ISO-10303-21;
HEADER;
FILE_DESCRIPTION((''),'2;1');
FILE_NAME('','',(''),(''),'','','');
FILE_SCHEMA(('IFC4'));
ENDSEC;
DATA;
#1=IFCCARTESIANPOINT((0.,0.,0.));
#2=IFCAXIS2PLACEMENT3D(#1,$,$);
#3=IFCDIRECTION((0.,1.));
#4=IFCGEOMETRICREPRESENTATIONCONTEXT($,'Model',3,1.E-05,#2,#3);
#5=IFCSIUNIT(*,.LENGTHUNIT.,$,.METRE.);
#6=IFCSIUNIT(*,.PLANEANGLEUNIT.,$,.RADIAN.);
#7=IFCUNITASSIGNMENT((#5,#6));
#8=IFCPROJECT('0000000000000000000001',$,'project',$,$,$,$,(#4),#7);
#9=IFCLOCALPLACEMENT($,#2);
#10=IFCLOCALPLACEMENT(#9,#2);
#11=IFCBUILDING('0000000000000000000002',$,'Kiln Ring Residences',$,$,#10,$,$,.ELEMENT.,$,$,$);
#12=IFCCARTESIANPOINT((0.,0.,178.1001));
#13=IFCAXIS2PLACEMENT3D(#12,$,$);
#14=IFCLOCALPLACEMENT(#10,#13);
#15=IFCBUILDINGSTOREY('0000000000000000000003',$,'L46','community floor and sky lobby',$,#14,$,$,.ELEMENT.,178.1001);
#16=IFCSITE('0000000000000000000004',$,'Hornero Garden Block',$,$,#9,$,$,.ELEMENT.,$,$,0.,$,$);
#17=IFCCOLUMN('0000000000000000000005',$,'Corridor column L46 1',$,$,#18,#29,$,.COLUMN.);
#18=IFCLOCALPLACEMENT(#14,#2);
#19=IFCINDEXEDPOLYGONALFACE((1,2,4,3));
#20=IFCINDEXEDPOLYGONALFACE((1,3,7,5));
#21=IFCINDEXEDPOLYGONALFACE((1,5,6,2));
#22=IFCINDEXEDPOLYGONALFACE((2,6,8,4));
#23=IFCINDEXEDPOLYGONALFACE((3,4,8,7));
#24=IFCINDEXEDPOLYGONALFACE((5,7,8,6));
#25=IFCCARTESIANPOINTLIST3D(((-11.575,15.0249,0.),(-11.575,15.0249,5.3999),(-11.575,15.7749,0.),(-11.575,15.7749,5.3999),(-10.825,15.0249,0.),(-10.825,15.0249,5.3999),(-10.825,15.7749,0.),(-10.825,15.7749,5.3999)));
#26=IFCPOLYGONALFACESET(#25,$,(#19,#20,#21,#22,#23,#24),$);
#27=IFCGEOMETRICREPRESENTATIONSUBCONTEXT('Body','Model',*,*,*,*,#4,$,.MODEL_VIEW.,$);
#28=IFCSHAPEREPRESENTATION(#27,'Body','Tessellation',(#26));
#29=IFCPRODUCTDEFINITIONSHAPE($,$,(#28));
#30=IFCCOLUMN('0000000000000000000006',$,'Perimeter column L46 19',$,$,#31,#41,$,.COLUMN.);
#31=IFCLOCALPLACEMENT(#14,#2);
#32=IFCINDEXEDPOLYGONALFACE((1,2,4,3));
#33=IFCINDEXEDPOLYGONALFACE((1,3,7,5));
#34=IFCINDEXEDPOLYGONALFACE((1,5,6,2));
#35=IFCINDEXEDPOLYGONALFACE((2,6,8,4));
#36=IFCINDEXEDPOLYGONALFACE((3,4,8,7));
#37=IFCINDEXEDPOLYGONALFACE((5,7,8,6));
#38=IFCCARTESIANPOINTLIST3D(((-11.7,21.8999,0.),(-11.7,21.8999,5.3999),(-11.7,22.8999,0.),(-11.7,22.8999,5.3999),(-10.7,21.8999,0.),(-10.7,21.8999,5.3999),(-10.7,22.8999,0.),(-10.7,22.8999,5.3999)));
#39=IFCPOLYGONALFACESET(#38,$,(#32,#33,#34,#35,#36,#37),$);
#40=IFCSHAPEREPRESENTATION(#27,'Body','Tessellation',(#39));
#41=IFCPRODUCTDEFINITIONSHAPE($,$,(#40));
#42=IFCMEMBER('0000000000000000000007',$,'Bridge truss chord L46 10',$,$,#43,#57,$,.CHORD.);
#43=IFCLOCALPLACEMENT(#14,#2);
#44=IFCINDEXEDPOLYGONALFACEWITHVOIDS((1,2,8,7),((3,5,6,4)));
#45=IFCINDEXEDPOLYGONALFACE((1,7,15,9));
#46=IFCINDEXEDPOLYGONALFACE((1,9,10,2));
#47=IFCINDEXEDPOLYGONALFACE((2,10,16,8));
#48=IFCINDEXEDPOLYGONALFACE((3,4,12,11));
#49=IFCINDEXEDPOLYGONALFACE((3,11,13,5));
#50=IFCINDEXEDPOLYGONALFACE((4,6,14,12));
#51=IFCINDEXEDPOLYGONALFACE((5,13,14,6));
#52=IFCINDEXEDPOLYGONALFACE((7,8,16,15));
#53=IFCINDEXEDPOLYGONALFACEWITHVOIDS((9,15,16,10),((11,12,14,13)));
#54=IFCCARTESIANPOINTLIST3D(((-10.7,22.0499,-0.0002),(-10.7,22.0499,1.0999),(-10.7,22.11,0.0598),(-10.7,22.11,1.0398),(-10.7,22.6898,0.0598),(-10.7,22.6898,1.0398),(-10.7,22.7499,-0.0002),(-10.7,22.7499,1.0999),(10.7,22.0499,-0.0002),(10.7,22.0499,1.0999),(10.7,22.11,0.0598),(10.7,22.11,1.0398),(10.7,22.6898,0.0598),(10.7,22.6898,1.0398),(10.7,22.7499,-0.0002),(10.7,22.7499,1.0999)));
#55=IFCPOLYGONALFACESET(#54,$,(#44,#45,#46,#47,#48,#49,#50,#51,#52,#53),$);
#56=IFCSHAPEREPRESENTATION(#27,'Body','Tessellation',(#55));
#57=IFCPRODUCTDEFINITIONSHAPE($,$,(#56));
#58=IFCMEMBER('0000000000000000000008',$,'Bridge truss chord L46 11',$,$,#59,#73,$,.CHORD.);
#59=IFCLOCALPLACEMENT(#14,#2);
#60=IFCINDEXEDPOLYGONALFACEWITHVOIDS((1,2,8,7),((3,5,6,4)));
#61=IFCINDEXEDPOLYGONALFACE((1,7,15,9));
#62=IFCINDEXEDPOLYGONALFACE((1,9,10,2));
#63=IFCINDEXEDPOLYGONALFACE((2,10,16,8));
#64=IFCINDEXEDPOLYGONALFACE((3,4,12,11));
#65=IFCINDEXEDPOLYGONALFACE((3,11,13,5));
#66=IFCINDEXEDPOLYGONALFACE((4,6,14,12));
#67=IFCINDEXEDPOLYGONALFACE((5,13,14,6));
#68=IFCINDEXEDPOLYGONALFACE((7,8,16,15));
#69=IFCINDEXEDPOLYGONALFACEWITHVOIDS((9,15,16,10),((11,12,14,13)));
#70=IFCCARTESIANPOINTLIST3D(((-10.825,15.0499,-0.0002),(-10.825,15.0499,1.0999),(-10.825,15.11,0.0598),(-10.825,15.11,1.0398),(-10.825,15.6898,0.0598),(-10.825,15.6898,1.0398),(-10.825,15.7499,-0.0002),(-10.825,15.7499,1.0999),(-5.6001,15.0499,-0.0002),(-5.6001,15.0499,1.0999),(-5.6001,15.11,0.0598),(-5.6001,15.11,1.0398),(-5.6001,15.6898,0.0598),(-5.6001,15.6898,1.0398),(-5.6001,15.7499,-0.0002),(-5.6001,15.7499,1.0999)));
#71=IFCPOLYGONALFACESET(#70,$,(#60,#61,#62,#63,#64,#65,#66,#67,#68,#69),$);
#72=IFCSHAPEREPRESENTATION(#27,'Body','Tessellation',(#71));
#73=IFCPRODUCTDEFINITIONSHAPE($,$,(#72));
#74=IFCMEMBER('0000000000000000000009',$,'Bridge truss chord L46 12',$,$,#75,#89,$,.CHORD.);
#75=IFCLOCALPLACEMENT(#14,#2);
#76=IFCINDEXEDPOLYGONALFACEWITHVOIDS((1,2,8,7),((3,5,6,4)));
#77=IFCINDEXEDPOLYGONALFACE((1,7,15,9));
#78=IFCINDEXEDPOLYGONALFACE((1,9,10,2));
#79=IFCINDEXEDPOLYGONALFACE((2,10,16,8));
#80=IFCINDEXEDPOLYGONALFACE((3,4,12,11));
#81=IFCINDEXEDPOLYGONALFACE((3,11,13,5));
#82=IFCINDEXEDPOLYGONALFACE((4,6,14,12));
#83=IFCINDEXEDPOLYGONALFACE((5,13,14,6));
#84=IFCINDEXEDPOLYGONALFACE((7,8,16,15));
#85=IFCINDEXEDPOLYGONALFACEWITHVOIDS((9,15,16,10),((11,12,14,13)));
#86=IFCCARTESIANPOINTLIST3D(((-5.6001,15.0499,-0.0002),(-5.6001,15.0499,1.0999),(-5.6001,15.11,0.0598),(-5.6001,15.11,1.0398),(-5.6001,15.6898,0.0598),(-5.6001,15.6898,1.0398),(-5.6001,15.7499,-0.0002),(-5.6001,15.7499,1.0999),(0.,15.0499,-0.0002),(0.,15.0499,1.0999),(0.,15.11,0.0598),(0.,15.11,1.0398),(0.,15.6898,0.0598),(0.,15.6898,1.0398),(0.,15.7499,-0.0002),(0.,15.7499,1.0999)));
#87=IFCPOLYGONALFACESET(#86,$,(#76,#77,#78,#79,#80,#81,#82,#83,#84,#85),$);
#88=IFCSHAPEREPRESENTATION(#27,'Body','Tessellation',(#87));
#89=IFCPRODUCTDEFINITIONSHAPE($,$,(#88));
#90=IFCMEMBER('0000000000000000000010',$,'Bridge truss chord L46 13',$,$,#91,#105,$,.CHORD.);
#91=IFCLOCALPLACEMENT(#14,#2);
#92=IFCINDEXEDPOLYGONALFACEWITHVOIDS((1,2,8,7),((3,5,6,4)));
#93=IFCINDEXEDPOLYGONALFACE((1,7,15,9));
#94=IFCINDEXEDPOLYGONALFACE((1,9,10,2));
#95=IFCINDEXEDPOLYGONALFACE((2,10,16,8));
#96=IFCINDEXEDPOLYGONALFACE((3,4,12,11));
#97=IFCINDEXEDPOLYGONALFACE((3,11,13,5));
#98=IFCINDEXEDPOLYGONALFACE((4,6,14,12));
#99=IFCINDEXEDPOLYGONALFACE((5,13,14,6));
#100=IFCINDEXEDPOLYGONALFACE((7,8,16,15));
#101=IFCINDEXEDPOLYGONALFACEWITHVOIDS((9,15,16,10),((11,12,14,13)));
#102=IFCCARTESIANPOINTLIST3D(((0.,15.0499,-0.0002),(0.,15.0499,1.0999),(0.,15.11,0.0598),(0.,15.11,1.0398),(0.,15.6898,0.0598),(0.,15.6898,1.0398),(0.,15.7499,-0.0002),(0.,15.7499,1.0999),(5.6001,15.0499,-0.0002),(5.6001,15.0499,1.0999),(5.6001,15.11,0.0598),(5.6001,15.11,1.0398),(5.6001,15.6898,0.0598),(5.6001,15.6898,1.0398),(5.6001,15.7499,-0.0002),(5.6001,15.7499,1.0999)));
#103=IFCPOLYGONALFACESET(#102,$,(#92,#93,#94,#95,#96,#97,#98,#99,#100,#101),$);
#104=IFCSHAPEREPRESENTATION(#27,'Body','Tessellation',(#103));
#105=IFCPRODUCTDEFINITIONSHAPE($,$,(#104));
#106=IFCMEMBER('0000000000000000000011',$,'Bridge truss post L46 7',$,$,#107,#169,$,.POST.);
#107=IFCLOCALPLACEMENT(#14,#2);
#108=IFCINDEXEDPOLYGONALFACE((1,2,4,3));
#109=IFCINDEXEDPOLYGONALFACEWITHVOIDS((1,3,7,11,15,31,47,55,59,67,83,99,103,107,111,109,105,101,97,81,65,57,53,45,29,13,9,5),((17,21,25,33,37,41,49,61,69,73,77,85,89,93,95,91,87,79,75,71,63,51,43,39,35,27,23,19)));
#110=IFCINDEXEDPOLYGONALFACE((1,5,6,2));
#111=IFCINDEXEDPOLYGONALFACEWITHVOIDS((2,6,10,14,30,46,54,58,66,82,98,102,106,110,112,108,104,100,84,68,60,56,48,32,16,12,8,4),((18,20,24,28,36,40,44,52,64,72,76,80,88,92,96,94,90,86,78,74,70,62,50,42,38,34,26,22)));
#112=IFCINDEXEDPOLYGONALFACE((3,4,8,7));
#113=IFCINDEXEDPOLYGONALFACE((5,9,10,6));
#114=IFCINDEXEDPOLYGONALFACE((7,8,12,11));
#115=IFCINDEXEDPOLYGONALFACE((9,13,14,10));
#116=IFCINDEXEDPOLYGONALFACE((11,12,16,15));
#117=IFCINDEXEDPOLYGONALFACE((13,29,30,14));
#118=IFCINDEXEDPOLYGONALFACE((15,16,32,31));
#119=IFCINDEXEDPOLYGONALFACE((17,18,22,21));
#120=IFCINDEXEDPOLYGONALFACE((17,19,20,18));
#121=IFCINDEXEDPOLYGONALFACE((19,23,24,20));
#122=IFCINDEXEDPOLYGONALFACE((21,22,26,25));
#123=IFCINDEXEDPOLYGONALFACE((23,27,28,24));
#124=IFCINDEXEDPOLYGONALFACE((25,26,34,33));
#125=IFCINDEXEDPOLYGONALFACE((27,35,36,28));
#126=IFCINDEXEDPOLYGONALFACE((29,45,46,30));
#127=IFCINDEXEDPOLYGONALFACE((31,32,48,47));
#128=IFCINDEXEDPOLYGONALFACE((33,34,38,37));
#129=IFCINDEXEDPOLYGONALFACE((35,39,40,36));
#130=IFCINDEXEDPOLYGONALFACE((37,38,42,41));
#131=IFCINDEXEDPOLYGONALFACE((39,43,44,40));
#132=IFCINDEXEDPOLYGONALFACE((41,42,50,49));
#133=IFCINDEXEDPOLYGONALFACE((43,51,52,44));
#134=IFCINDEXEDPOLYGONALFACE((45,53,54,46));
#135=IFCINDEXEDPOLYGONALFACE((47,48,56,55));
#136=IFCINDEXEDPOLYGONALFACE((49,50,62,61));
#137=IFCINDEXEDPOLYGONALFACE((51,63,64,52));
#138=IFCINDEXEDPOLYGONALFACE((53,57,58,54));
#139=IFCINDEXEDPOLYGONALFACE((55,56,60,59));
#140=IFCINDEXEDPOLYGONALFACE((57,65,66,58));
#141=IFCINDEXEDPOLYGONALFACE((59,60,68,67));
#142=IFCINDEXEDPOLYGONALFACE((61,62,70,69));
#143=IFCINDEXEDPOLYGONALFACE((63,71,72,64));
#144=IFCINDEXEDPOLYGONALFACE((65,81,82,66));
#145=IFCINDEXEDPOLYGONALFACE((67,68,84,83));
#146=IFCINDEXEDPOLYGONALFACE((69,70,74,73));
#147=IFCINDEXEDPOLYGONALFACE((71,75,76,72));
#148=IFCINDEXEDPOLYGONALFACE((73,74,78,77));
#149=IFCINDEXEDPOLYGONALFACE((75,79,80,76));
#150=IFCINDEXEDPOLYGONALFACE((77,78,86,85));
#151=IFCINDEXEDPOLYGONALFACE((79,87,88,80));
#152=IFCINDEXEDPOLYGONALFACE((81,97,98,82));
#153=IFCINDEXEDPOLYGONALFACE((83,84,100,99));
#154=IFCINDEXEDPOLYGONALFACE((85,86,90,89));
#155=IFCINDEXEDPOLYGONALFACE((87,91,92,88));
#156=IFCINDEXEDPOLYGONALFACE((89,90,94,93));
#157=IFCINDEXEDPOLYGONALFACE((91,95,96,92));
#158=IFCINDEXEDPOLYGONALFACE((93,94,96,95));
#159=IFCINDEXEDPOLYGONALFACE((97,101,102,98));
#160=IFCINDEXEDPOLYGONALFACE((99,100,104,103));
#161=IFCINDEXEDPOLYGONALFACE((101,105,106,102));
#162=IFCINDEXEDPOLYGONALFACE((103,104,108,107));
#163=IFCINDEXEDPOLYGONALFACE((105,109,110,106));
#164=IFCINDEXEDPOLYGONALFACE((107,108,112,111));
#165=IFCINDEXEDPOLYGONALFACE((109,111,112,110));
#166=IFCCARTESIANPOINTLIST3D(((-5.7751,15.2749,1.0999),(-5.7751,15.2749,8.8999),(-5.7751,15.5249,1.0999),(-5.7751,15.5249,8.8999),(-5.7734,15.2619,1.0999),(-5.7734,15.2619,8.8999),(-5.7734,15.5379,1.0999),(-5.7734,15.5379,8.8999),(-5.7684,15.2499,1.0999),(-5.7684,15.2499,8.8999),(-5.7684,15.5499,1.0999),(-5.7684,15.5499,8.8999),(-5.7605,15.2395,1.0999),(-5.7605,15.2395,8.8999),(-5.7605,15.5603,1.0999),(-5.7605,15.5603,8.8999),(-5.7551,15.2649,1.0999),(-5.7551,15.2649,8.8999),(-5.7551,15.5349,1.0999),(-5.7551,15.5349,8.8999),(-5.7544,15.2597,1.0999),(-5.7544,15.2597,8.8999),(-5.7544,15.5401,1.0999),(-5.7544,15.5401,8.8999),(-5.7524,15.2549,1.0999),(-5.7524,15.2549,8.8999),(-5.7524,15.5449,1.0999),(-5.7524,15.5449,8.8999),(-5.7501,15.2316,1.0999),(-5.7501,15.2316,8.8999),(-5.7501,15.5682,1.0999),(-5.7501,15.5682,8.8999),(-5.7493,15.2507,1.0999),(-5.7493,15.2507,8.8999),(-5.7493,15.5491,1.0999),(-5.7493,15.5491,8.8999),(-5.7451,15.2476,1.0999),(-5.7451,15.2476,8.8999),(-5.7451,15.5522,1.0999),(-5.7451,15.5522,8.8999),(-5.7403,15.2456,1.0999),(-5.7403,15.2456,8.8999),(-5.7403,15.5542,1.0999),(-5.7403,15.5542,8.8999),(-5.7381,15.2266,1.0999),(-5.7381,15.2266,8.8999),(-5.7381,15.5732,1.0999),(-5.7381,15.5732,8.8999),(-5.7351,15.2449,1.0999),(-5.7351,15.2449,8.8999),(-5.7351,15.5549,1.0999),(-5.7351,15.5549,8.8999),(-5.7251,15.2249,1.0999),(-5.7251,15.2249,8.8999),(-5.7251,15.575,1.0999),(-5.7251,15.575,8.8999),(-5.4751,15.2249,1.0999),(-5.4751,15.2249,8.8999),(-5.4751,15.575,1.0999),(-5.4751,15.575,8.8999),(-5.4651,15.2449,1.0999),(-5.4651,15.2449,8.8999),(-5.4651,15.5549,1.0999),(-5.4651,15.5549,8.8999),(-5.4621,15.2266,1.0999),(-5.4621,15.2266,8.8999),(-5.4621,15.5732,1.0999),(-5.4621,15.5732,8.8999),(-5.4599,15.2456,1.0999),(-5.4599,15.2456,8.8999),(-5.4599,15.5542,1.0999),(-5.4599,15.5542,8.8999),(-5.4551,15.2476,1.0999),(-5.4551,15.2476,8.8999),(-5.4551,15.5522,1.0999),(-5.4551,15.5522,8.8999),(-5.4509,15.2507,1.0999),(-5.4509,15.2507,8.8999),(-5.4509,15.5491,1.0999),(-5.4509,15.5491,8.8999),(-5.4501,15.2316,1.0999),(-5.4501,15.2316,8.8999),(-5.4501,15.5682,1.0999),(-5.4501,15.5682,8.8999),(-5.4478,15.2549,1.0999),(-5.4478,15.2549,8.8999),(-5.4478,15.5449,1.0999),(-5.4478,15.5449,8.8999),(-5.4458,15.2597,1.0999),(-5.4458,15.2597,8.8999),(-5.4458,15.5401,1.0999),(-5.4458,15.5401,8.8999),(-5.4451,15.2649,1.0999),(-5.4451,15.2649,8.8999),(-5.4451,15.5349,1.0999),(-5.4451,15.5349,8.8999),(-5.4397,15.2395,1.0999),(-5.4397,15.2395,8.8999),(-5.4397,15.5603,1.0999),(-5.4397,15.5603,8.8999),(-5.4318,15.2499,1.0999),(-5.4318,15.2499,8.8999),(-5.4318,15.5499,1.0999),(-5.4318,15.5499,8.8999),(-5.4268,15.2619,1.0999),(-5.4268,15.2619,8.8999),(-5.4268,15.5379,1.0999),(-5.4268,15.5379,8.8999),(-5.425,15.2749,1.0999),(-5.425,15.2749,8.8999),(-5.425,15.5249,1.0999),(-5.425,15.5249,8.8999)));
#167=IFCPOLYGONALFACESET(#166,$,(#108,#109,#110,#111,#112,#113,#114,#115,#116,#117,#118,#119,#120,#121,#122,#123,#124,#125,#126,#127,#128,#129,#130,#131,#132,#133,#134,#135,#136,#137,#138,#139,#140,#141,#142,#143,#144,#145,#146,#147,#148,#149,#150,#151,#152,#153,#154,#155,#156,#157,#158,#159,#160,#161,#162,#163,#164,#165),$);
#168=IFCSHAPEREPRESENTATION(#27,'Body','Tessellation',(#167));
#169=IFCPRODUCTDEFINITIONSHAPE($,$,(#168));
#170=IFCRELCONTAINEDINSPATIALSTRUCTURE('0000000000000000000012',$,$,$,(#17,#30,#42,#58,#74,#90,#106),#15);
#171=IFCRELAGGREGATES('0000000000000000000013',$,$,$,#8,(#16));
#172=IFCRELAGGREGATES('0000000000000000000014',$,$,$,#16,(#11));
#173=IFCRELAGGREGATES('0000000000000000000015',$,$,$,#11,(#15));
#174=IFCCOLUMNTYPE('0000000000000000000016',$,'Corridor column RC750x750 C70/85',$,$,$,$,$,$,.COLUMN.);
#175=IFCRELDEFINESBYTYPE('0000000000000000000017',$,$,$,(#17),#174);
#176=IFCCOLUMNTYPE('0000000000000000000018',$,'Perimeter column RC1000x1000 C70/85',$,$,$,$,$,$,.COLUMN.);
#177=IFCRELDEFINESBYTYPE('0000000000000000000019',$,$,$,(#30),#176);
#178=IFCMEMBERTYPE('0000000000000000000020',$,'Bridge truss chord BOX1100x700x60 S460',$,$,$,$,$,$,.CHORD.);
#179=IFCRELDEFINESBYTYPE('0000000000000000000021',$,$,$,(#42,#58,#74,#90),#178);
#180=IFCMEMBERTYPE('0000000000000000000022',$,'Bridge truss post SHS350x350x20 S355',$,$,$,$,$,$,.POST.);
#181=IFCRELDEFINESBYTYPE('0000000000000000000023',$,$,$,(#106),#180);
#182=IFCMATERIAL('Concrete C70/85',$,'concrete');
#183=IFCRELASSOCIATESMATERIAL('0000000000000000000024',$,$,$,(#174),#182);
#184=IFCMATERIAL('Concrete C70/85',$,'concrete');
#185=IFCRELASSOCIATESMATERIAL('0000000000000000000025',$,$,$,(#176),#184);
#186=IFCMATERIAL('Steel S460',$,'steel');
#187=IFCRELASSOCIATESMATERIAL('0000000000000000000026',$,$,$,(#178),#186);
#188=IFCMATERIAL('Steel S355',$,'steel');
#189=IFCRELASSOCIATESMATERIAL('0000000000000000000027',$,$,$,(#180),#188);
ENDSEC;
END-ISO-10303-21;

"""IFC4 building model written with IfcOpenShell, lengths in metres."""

from ifc_helpers import new_model, si_unit, direction, frame, origin, origin_2d, place, context, subcontext, project, spatial, rectangle, hollow_rectangle, extrude, material, material_profile, profile_set, type_object, element, save


model = new_model("IFC4")

# Units and contexts
model_context = context("Model", 3, precision=1e-05, world=origin(), true_north=direction((0.0, 1.0)))
body_context = subcontext(model_context, "Body", "Model", "MODEL_VIEW")
ifc_project = project(units=[si_unit("LENGTHUNIT", "METRE"), si_unit("PLANEANGLEUNIT", "RADIAN")], contexts=[model_context])

# Site, building, storey
site_placement = place(None, origin())
site = spatial("IfcSite", under=ifc_project, at=site_placement, Name="Hornero Garden Block", CompositionType="ELEMENT", RefElevation=0.0)
building_placement = place(site_placement, origin())
building = spatial("IfcBuilding", under=site, at=building_placement, Name="Kiln Ring Residences", CompositionType="ELEMENT")
storey_placement = place(building_placement, frame((0.0, 0.0, 178.1001)))
storey = spatial("IfcBuildingStorey", under=building, at=storey_placement, Name="L46", Description="community floor and sky lobby", CompositionType="ELEMENT", Elevation=178.1001)

# Columns
ifc_material_1 = material(Name="Concrete C70/85", Category="concrete")
ifc_material_profile_1 = material_profile(ifc_material_1, rectangle(XDim=0.75, YDim=0.75, at=origin_2d()), Name="RC750x750")
ifc_profile_set_1 = profile_set([ifc_material_profile_1], Name="Concrete C70/85")
column_type_1 = type_object("IfcColumnType", Name="Corridor column RC750x750 C70/85", PredefinedType="COLUMN", material=ifc_profile_set_1)
column_1_placement = place(storey_placement, frame((-11.2, 15.3999, 0.0), z_axis=(0.0, 0.0, 1.0), x_axis=(1.0, 0.0, 0.0)))
element("IfcColumn", 1, at=column_1_placement, inside=storey, type_object=column_type_1, Name="Corridor column L46 1", PredefinedType="COLUMN", context=body_context, shape_type="SweptSolid", body=[
    extrude(rectangle(XDim=0.75, YDim=0.75, at=origin_2d()), origin(), (0.0, 0.0, 1.0), 5.3999),
])
ifc_material_2 = material(Name="Concrete C70/85", Category="concrete")
ifc_material_profile_2 = material_profile(ifc_material_2, rectangle(XDim=1.0, YDim=1.0, at=origin_2d()), Name="RC1000x1000")
ifc_profile_set_2 = profile_set([ifc_material_profile_2], Name="Concrete C70/85")
column_type_2 = type_object("IfcColumnType", Name="Perimeter column RC1000x1000 C70/85", PredefinedType="COLUMN", material=ifc_profile_set_2)
column_2_placement = place(storey_placement, frame((-11.2, 22.3999, 0.0), z_axis=(0.0, 0.0, 1.0), x_axis=(1.0, 0.0, 0.0)))
element("IfcColumn", 2, at=column_2_placement, inside=storey, type_object=column_type_2, Name="Perimeter column L46 19", PredefinedType="COLUMN", context=body_context, shape_type="SweptSolid", body=[
    extrude(rectangle(XDim=1.0, YDim=1.0, at=origin_2d()), origin(), (0.0, 0.0, 1.0), 5.3999),
])

# Members
ifc_material_3 = material(Name="Steel S460", Category="steel")
ifc_material_profile_3 = material_profile(ifc_material_3, hollow_rectangle(XDim=0.7, YDim=1.1001, WallThickness=0.0601, at=origin_2d()), Name="BOX1100x700x60")
ifc_profile_set_3 = profile_set([ifc_material_profile_3], Name="Steel S460")
member_type_1 = type_object("IfcMemberType", Name="Bridge truss chord BOX1100x700x60 S460", PredefinedType="CHORD", material=ifc_profile_set_3)
member_1_placement = place(storey_placement, frame((-10.7, 22.3999, 0.5498), z_axis=(1.0, 0.0, 0.0), x_axis=(0.0, 1.0, 0.0)))
element("IfcMember", 3, at=member_1_placement, inside=storey, type_object=member_type_1, Name="Bridge truss chord L46 10", PredefinedType="CHORD", context=body_context, shape_type="SweptSolid", body=[
    extrude(hollow_rectangle(XDim=0.7, YDim=1.1001, WallThickness=0.0601, at=origin_2d()), origin(), (0.0, 0.0, 1.0), 21.3999),
])
member_2_placement = place(storey_placement, frame((-10.825, 15.3999, 0.5498), z_axis=(1.0, 0.0, 0.0), x_axis=(0.0, 1.0, 0.0)))
element("IfcMember", 4, at=member_2_placement, inside=storey, type_object=member_type_1, Name="Bridge truss chord L46 11", PredefinedType="CHORD", context=body_context, shape_type="SweptSolid", body=[
    extrude(hollow_rectangle(XDim=0.7, YDim=1.1001, WallThickness=0.0601, at=origin_2d()), origin(), (0.0, 0.0, 1.0), 5.2249),
])
for number, where, z_axis, x_axis, name in (
    (5, (-5.6001, 15.3999, 0.5498), (1.0, 0.0, 0.0), (0.0, 1.0, 0.0), "Bridge truss chord L46 12"),
    (6, (0.0, 15.3999, 0.5498), (1.0, 0.0, 0.0), (0.0, 1.0, 0.0), "Bridge truss chord L46 13"),
):
    element("IfcMember", number, at=place(storey_placement, frame(where, z_axis=z_axis, x_axis=x_axis)), inside=storey, type_object=member_type_1, Name=name, PredefinedType="CHORD", context=body_context, shape_type="SweptSolid", body=[
        extrude(hollow_rectangle(XDim=0.7, YDim=1.1001, WallThickness=0.0601, at=origin_2d()), origin(), (0.0, 0.0, 1.0), 5.6001),
    ])
ifc_material_4 = material(Name="Steel S355", Category="steel")
ifc_material_profile_4 = material_profile(ifc_material_4, hollow_rectangle(XDim=0.3501, YDim=0.3501, WallThickness=0.02, InnerFilletRadius=0.02, OuterFilletRadius=0.05, at=origin_2d()), Name="SHS350x350x20")
ifc_profile_set_4 = profile_set([ifc_material_profile_4], Name="Steel S355")
member_type_2 = type_object("IfcMemberType", Name="Bridge truss post SHS350x350x20 S355", PredefinedType="POST", material=ifc_profile_set_4)
for number, where, z_axis, x_axis, name in (
    (7, (-5.6001, 15.3999, 1.0999), (0.0, 0.0, 1.0), (1.0, 0.0, 0.0), "Bridge truss post L46 7"),
):
    element("IfcMember", number, at=place(storey_placement, frame(where, z_axis=z_axis, x_axis=x_axis)), inside=storey, type_object=member_type_2, Name=name, PredefinedType="POST", context=body_context, shape_type="SweptSolid", body=[
        extrude(hollow_rectangle(XDim=0.3501, YDim=0.3501, WallThickness=0.02, InnerFilletRadius=0.02, OuterFilletRadius=0.05, at=origin_2d()), origin(), (0.0, 0.0, 1.0), 7.8),
    ])

save(model, "model.ifc")
